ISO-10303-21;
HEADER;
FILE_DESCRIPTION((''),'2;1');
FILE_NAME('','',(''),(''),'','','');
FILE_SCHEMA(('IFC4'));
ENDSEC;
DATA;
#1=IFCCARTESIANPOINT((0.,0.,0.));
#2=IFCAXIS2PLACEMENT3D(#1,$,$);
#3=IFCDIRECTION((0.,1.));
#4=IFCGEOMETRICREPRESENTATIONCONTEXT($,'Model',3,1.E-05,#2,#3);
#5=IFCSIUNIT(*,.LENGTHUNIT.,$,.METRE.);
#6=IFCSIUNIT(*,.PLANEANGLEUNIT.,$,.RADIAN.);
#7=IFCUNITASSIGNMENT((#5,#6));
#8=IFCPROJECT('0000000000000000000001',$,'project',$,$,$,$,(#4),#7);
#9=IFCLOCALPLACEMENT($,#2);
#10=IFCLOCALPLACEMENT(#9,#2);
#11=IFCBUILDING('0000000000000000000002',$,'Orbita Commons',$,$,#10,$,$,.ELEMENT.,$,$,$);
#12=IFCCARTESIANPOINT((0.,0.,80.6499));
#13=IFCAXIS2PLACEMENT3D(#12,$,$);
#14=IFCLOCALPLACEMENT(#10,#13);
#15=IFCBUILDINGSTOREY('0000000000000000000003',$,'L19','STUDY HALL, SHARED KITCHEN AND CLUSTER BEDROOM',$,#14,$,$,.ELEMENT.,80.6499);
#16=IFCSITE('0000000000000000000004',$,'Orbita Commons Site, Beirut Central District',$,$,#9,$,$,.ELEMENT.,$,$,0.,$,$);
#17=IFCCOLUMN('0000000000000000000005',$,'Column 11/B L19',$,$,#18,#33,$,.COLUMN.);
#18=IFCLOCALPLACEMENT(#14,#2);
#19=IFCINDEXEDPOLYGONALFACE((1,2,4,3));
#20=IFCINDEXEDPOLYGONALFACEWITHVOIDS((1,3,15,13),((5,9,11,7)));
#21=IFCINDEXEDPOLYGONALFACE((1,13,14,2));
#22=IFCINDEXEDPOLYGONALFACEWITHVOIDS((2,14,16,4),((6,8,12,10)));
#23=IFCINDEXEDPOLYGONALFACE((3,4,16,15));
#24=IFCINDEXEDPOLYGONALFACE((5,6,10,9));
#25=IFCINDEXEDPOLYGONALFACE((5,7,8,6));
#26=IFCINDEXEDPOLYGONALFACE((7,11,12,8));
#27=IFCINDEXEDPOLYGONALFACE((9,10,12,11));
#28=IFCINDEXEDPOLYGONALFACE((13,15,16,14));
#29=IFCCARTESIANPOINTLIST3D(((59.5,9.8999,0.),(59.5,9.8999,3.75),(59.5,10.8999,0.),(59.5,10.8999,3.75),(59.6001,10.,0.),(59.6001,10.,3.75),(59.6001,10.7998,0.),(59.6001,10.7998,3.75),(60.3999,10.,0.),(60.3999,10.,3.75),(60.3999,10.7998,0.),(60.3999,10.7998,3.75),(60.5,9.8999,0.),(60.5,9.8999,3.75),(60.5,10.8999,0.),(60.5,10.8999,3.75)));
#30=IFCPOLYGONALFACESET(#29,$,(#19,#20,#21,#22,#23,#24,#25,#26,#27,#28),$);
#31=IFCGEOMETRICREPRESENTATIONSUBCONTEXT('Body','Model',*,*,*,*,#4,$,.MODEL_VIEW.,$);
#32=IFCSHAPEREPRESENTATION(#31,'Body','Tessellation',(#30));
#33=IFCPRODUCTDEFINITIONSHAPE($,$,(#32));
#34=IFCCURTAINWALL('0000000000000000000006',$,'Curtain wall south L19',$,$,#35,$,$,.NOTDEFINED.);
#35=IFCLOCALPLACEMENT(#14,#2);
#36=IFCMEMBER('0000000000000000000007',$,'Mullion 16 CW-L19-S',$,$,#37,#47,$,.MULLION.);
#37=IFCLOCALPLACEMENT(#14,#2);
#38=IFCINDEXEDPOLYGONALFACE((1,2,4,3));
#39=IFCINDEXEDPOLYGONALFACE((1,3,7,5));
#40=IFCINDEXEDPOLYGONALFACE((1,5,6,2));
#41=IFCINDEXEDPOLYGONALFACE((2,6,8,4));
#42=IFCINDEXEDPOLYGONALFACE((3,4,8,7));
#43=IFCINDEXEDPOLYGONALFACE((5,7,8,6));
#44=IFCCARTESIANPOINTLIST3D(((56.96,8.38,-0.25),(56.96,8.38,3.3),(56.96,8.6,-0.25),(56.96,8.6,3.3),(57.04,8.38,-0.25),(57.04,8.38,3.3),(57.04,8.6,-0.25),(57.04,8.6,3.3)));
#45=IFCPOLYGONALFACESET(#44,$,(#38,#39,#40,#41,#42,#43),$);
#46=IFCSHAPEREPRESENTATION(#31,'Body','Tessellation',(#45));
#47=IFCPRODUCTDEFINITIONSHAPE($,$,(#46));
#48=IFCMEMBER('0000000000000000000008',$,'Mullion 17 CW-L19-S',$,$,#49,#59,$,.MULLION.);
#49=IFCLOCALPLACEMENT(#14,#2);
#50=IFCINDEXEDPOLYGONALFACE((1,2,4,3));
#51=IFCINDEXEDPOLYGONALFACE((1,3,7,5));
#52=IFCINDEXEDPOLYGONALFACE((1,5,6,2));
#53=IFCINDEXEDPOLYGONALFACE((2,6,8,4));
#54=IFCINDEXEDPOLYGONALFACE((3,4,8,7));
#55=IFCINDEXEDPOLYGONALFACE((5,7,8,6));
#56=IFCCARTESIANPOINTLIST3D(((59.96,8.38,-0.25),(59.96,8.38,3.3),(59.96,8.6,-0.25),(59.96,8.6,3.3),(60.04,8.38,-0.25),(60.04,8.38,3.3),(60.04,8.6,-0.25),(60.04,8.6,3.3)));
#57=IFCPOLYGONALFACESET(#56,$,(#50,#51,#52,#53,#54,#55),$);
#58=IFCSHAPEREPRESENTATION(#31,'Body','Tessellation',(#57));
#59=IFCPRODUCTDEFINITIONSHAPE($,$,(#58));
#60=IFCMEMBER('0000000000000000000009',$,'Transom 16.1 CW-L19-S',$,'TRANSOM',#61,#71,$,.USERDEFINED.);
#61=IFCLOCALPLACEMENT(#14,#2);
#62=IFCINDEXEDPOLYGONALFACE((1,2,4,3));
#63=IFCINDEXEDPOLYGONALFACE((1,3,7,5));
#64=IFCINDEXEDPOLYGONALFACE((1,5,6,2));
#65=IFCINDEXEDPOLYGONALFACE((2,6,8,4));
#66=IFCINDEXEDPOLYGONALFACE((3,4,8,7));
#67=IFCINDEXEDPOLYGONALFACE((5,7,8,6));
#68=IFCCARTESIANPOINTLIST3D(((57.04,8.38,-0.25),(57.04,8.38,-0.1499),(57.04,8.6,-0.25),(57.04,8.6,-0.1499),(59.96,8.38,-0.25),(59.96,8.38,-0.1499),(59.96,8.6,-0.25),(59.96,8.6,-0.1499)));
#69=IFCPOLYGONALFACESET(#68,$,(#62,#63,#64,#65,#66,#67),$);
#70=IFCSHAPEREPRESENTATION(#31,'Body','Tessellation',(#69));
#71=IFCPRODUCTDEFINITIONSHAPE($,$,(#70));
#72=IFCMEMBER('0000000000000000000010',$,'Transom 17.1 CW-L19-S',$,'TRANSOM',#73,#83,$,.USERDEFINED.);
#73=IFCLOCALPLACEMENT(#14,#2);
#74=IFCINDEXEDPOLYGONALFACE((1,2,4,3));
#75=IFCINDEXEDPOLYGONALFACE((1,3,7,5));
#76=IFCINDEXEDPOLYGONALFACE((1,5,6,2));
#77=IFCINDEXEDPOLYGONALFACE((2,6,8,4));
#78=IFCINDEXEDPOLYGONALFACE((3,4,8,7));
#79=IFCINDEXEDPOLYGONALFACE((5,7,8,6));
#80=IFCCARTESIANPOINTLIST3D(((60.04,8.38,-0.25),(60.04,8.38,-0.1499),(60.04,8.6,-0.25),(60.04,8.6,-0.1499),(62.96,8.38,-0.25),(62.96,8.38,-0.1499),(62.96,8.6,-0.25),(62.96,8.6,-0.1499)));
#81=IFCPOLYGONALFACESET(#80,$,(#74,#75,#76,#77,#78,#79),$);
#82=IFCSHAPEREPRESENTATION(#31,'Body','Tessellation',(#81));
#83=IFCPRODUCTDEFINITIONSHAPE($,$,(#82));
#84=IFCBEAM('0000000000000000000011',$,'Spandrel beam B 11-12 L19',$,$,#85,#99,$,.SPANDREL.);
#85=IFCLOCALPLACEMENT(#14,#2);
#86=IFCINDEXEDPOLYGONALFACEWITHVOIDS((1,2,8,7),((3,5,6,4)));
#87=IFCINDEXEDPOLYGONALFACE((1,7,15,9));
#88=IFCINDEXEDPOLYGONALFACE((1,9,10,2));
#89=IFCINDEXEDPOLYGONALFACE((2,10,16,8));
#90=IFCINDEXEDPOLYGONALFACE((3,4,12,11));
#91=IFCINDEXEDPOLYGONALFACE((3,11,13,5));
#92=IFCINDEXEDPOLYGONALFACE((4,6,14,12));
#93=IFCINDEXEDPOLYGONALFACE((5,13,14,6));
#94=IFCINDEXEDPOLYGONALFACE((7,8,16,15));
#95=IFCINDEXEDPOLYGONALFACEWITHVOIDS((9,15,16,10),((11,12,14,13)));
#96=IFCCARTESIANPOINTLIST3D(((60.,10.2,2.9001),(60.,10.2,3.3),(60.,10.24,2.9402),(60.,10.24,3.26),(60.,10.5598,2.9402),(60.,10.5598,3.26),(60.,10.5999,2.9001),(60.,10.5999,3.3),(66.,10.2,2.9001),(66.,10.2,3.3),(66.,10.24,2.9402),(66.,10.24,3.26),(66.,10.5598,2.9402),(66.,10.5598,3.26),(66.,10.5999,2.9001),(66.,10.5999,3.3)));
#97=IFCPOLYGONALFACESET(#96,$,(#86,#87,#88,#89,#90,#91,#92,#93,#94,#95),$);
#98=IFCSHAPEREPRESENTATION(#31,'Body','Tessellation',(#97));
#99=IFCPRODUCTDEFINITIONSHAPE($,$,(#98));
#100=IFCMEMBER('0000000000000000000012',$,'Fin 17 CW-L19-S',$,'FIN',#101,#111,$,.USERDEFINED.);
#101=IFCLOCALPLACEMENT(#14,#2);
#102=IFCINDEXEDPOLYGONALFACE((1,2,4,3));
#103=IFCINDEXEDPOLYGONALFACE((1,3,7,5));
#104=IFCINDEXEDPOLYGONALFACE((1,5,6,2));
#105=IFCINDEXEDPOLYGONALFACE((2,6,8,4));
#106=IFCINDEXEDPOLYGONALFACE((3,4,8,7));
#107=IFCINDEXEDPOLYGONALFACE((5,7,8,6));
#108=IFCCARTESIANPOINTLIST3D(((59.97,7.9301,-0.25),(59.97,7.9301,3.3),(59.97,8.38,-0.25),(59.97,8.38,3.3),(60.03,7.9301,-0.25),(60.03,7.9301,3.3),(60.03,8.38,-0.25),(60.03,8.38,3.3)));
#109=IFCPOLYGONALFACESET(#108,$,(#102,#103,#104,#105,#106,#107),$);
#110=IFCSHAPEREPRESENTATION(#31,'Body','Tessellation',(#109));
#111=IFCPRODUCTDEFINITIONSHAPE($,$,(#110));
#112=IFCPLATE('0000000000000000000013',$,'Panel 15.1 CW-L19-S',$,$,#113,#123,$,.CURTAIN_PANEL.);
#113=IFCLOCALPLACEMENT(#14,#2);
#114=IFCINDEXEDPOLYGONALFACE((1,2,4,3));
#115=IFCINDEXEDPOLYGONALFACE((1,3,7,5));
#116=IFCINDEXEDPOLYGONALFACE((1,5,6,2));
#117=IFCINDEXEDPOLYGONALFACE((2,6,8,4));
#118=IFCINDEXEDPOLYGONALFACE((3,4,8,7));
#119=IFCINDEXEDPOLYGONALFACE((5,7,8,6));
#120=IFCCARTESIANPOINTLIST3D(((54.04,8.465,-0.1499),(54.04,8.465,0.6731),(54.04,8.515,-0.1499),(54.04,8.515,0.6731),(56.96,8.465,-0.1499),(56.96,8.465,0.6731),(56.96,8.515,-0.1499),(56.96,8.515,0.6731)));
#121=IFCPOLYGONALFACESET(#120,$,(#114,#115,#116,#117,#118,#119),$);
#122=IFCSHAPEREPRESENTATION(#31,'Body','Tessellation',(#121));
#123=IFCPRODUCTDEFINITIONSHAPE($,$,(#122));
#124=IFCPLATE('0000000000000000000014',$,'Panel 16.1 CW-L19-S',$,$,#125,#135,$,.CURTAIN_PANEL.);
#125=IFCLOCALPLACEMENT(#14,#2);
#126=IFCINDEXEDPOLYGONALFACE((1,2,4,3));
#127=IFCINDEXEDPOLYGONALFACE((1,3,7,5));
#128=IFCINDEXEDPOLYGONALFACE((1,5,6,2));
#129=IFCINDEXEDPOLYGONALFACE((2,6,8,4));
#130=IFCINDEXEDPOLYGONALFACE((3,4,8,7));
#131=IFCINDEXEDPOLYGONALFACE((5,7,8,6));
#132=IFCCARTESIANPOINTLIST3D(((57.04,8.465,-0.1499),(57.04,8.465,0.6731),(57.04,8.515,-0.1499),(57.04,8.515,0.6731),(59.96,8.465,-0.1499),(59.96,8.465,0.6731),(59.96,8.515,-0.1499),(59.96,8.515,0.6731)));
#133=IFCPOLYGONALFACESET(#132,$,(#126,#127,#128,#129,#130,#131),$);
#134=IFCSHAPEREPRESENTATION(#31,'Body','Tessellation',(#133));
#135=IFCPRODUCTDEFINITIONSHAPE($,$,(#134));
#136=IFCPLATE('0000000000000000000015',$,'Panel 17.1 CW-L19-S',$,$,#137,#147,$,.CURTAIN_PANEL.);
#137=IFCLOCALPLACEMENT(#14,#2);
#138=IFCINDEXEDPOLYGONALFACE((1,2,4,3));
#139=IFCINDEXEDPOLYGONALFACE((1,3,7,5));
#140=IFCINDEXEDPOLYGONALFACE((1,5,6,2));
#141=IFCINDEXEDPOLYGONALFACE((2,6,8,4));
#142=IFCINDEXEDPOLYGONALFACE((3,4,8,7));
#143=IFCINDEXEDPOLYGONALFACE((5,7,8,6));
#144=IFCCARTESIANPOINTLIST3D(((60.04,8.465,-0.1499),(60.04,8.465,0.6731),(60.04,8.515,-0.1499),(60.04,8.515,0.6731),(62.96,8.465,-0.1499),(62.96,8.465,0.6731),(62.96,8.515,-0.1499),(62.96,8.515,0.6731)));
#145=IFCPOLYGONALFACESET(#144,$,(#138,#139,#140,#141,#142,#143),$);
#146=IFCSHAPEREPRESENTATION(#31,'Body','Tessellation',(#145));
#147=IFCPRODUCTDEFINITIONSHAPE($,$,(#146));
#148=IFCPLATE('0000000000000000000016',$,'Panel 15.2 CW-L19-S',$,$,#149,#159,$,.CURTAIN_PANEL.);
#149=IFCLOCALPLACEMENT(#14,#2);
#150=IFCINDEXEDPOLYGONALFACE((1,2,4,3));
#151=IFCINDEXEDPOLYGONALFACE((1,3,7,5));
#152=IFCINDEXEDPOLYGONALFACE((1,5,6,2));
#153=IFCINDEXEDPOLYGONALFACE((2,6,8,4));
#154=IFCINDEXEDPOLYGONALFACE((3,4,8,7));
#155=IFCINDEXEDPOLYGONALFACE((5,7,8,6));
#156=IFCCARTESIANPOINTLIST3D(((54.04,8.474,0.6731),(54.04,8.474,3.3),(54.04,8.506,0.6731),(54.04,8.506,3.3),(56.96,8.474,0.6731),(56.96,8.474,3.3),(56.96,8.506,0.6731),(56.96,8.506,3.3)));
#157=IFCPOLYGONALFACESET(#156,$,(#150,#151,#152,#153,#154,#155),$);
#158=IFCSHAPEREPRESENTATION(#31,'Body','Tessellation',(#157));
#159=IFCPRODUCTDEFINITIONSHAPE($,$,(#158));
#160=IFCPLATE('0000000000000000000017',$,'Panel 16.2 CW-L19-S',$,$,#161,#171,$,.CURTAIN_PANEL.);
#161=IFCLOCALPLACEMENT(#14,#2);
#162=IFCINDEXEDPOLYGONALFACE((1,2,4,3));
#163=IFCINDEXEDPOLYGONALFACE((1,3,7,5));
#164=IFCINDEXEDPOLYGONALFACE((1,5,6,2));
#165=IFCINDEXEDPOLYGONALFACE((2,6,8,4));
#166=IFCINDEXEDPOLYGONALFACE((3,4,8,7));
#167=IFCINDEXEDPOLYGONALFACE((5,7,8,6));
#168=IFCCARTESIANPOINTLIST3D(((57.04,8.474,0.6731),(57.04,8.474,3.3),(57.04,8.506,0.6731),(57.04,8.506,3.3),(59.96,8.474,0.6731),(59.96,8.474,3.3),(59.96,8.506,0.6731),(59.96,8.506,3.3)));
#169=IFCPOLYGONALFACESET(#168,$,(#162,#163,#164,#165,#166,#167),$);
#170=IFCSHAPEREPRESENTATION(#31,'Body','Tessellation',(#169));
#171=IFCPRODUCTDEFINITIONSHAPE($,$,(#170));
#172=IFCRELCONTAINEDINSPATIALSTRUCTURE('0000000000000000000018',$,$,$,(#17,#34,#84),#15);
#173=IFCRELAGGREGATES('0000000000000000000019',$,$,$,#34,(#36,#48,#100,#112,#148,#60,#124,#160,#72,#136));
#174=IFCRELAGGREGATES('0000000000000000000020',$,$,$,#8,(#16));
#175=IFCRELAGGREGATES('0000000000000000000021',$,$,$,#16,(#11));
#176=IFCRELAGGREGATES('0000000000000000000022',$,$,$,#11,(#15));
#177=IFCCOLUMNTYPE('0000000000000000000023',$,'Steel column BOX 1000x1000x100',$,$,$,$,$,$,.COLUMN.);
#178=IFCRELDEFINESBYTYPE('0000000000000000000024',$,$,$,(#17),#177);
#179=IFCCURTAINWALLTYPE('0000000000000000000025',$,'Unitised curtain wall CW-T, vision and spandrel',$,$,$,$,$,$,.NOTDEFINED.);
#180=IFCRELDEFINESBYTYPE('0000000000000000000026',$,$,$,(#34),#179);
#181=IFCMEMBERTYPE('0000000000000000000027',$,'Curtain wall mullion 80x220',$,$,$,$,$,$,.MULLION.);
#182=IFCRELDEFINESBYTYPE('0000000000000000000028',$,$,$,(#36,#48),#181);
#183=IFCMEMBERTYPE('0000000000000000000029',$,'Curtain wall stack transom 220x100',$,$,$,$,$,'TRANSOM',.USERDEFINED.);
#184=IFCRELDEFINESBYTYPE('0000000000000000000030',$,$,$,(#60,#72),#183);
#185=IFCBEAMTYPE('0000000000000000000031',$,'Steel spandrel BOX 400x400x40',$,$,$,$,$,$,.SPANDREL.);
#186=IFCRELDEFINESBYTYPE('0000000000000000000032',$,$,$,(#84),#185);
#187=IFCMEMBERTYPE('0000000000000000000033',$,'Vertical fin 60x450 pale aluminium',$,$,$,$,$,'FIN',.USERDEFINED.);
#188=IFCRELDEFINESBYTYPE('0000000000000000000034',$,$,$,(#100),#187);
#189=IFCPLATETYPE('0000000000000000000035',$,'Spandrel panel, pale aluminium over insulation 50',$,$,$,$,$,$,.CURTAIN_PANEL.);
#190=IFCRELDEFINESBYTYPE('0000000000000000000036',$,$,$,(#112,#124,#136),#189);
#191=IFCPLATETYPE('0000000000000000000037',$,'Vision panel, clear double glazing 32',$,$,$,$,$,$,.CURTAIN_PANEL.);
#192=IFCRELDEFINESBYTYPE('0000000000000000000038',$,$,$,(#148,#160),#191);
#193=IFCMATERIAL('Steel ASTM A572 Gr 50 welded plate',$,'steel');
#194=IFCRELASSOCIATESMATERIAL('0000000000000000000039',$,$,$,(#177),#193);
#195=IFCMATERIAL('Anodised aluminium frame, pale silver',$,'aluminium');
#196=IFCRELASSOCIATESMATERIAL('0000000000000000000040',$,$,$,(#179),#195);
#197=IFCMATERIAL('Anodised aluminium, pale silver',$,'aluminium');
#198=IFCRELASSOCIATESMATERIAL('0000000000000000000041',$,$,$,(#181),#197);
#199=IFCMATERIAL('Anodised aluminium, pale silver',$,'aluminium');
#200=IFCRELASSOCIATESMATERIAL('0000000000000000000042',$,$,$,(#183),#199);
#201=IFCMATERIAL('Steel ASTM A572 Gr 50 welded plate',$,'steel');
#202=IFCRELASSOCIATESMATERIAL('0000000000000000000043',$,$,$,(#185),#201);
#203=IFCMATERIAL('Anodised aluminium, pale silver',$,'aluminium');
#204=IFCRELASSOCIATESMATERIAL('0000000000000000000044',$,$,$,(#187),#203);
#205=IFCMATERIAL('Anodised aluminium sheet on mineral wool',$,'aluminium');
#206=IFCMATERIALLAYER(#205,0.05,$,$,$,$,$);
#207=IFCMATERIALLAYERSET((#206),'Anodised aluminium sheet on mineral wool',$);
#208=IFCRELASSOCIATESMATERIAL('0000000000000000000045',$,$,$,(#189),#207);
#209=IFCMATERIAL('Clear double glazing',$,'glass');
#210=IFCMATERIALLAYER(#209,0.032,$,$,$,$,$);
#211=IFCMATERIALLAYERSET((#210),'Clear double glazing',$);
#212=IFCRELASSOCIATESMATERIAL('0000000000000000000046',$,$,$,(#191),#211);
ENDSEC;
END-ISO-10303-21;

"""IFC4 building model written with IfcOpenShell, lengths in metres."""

from ifc_helpers import new_model, si_unit, direction, frame, origin, origin_2d, place, context, subcontext, project, spatial, rectangle, hollow_rectangle, extrude, material, layer, layer_set, material_profile, profile_set, type_object, element, aggregate, save


model = new_model("IFC4")

# Units and contexts
model_context = context("Model", 3, precision=1e-05, world=origin(), true_north=direction((0.0, 1.0)))
body_context = subcontext(model_context, "Body", "Model", "MODEL_VIEW")
ifc_project = project(units=[si_unit("LENGTHUNIT", "METRE"), si_unit("PLANEANGLEUNIT", "RADIAN")], contexts=[model_context])

# Site, building, storey
site_placement = place(None, origin())
site = spatial("IfcSite", under=ifc_project, at=site_placement, Name="Orbita Commons Site, Beirut Central District", CompositionType="ELEMENT", RefElevation=0.0)
building_placement = place(site_placement, origin())
building = spatial("IfcBuilding", under=site, at=building_placement, Name="Orbita Commons", CompositionType="ELEMENT")
storey_placement = place(building_placement, frame((0.0, 0.0, 80.6499)))
storey = spatial("IfcBuildingStorey", under=building, at=storey_placement, Name="L19", Description="STUDY HALL, SHARED KITCHEN AND CLUSTER BEDROOM", CompositionType="ELEMENT", Elevation=80.6499)

# Column
ifc_material_1 = material(Name="Steel ASTM A572 Gr 50 welded plate", Category="steel")
ifc_material_profile_1 = material_profile(ifc_material_1, hollow_rectangle(XDim=1.0, YDim=1.0, WallThickness=0.1001, at=origin_2d()), Name="BOX 1000x1000x100")
ifc_profile_set_1 = profile_set([ifc_material_profile_1], Name="Steel ASTM A572 Gr 50 welded plate")
column_type = type_object("IfcColumnType", Name="Steel column BOX 1000x1000x100", PredefinedType="COLUMN", material=ifc_profile_set_1)
column_placement = place(storey_placement, frame((60.0, 10.3999, 0.0), z_axis=(0.0, 0.0, 1.0), x_axis=(1.0, 0.0, 0.0)))
element("IfcColumn", 1, at=column_placement, inside=storey, type_object=column_type, Name="Column 11/B L19", PredefinedType="COLUMN", context=body_context, shape_type="SweptSolid", body=[
    extrude(hollow_rectangle(XDim=1.0, YDim=1.0, WallThickness=0.1001, at=origin_2d()), origin(), (0.0, 0.0, 1.0), 3.75),
])

# Curtain wall, members
ifc_material_2 = material(Name="Anodised aluminium frame, pale silver", Category="aluminium")
curtain_wall_type = type_object("IfcCurtainWallType", Name="Unitised curtain wall CW-T, vision and spandrel", PredefinedType="NOTDEFINED", material=ifc_material_2)
curtain_wall_placement = place(storey_placement, origin())
curtain_wall = element("IfcCurtainWall", 2, at=curtain_wall_placement, inside=storey, type_object=curtain_wall_type, Name="Curtain wall south L19", PredefinedType="NOTDEFINED")
ifc_material_3 = material(Name="Anodised aluminium, pale silver", Category="aluminium")
ifc_material_profile_2 = material_profile(ifc_material_3, rectangle(XDim=0.0801, YDim=0.22, at=origin_2d()), Name="AL 80x220")
ifc_profile_set_2 = profile_set([ifc_material_profile_2], Name="Anodised aluminium, pale silver")
member_type_1 = type_object("IfcMemberType", Name="Curtain wall mullion 80x220", PredefinedType="MULLION", material=ifc_profile_set_2)
member_1_placement = place(storey_placement, frame((57.0, 8.49, -0.25), z_axis=(0.0, 0.0, 1.0), x_axis=(1.0, 0.0, 0.0)))
member_1 = element("IfcMember", 3, at=member_1_placement, type_object=member_type_1, Name="Mullion 16 CW-L19-S", PredefinedType="MULLION", context=body_context, shape_type="SweptSolid", body=[
    extrude(rectangle(XDim=0.0801, YDim=0.22, at=origin_2d()), origin(), (0.0, 0.0, 1.0), 3.55),
])
member_2_placement = place(storey_placement, frame((60.0, 8.49, -0.25), z_axis=(0.0, 0.0, 1.0), x_axis=(1.0, 0.0, 0.0)))
member_2 = element("IfcMember", 4, at=member_2_placement, type_object=member_type_1, Name="Mullion 17 CW-L19-S", PredefinedType="MULLION", context=body_context, shape_type="SweptSolid", body=[
    extrude(rectangle(XDim=0.0801, YDim=0.22, at=origin_2d()), origin(), (0.0, 0.0, 1.0), 3.55),
])
ifc_material_4 = material(Name="Anodised aluminium, pale silver", Category="aluminium")
ifc_material_profile_3 = material_profile(ifc_material_4, rectangle(XDim=0.22, YDim=0.1001, at=origin_2d()), Name="AL 220x100")
ifc_profile_set_3 = profile_set([ifc_material_profile_3], Name="Anodised aluminium, pale silver")
member_type_2 = type_object("IfcMemberType", Name="Curtain wall stack transom 220x100", ElementType="TRANSOM", PredefinedType="USERDEFINED", material=ifc_profile_set_3)
member_3_placement = place(storey_placement, frame((57.04, 8.49, -0.2), z_axis=(1.0, 0.0, 0.0), x_axis=(0.0, 1.0, 0.0)))
member_3 = element("IfcMember", 5, at=member_3_placement, type_object=member_type_2, Name="Transom 16.1 CW-L19-S", ObjectType="TRANSOM", PredefinedType="USERDEFINED", context=body_context, shape_type="SweptSolid", body=[
    extrude(rectangle(XDim=0.22, YDim=0.1001, at=origin_2d()), origin(), (0.0, 0.0, 1.0), 2.9199),
])
member_4_placement = place(storey_placement, frame((60.04, 8.49, -0.2), z_axis=(1.0, 0.0, 0.0), x_axis=(0.0, 1.0, 0.0)))
member_4 = element("IfcMember", 6, at=member_4_placement, type_object=member_type_2, Name="Transom 17.1 CW-L19-S", ObjectType="TRANSOM", PredefinedType="USERDEFINED", context=body_context, shape_type="SweptSolid", body=[
    extrude(rectangle(XDim=0.22, YDim=0.1001, at=origin_2d()), origin(), (0.0, 0.0, 1.0), 2.9199),
])

# Beam
ifc_material_5 = material(Name="Steel ASTM A572 Gr 50 welded plate", Category="steel")
ifc_material_profile_4 = material_profile(ifc_material_5, hollow_rectangle(XDim=0.3999, YDim=0.3999, WallThickness=0.04, at=origin_2d()), Name="BOX 400x400x40")
ifc_profile_set_4 = profile_set([ifc_material_profile_4], Name="Steel ASTM A572 Gr 50 welded plate")
beam_type = type_object("IfcBeamType", Name="Steel spandrel BOX 400x400x40", PredefinedType="SPANDREL", material=ifc_profile_set_4)
beam_placement = place(storey_placement, frame((60.0, 10.3999, 3.1001), z_axis=(1.0, 0.0, 0.0), x_axis=(0.0, 1.0, 0.0)))
element("IfcBeam", 7, at=beam_placement, inside=storey, type_object=beam_type, Name="Spandrel beam B 11-12 L19", PredefinedType="SPANDREL", context=body_context, shape_type="SweptSolid", body=[
    extrude(hollow_rectangle(XDim=0.3999, YDim=0.3999, WallThickness=0.04, at=origin_2d()), origin(), (0.0, 0.0, 1.0), 6.0),
])

# Member
ifc_material_6 = material(Name="Anodised aluminium, pale silver", Category="aluminium")
ifc_material_profile_5 = material_profile(ifc_material_6, rectangle(XDim=0.0601, YDim=0.45, at=origin_2d()), Name="FIN 60x450")
ifc_profile_set_5 = profile_set([ifc_material_profile_5], Name="Anodised aluminium, pale silver")
member_type_3 = type_object("IfcMemberType", Name="Vertical fin 60x450 pale aluminium", ElementType="FIN", PredefinedType="USERDEFINED", material=ifc_profile_set_5)
member_5_placement = place(storey_placement, frame((60.0, 8.155, -0.25), z_axis=(0.0, 0.0, 1.0), x_axis=(1.0, 0.0, 0.0)))
member_5 = element("IfcMember", 8, at=member_5_placement, type_object=member_type_3, Name="Fin 17 CW-L19-S", ObjectType="FIN", PredefinedType="USERDEFINED", context=body_context, shape_type="SweptSolid", body=[
    extrude(rectangle(XDim=0.0601, YDim=0.45, at=origin_2d()), origin(), (0.0, 0.0, 1.0), 3.55),
])

# Plates
ifc_material_7 = material(Name="Anodised aluminium sheet on mineral wool", Category="aluminium")
ifc_layer_1 = layer(ifc_material_7, 0.05)
ifc_layer_set_1 = layer_set([ifc_layer_1], Name="Anodised aluminium sheet on mineral wool")
plate_type_1 = type_object("IfcPlateType", Name="Spandrel panel, pale aluminium over insulation 50", PredefinedType="CURTAIN_PANEL", material=ifc_layer_set_1)
plate_1_placement = place(storey_placement, frame((55.5, 8.49, -0.1499), z_axis=(0.0, 0.0, 1.0), x_axis=(1.0, 0.0, 0.0)))
plate_1 = element("IfcPlate", 9, at=plate_1_placement, type_object=plate_type_1, Name="Panel 15.1 CW-L19-S", PredefinedType="CURTAIN_PANEL", context=body_context, shape_type="SweptSolid", body=[
    extrude(rectangle(XDim=2.9199, YDim=0.05, at=origin_2d()), origin(), (0.0, 0.0, 1.0), 0.823),
])
plate_2_placement = place(storey_placement, frame((58.5, 8.49, -0.1499), z_axis=(0.0, 0.0, 1.0), x_axis=(1.0, 0.0, 0.0)))
plate_2 = element("IfcPlate", 10, at=plate_2_placement, type_object=plate_type_1, Name="Panel 16.1 CW-L19-S", PredefinedType="CURTAIN_PANEL", context=body_context, shape_type="SweptSolid", body=[
    extrude(rectangle(XDim=2.9199, YDim=0.05, at=origin_2d()), origin(), (0.0, 0.0, 1.0), 0.823),
])
plate_3_placement = place(storey_placement, frame((61.5, 8.49, -0.1499), z_axis=(0.0, 0.0, 1.0), x_axis=(1.0, 0.0, 0.0)))
plate_3 = element("IfcPlate", 11, at=plate_3_placement, type_object=plate_type_1, Name="Panel 17.1 CW-L19-S", PredefinedType="CURTAIN_PANEL", context=body_context, shape_type="SweptSolid", body=[
    extrude(rectangle(XDim=2.9199, YDim=0.05, at=origin_2d()), origin(), (0.0, 0.0, 1.0), 0.823),
])
ifc_material_8 = material(Name="Clear double glazing", Category="glass")
ifc_layer_2 = layer(ifc_material_8, 0.032)
ifc_layer_set_2 = layer_set([ifc_layer_2], Name="Clear double glazing")
plate_type_2 = type_object("IfcPlateType", Name="Vision panel, clear double glazing 32", PredefinedType="CURTAIN_PANEL", material=ifc_layer_set_2)
plate_4_placement = place(storey_placement, frame((55.5, 8.49, 0.6731), z_axis=(0.0, 0.0, 1.0), x_axis=(1.0, 0.0, 0.0)))
plate_4 = element("IfcPlate", 12, at=plate_4_placement, type_object=plate_type_2, Name="Panel 15.2 CW-L19-S", PredefinedType="CURTAIN_PANEL", context=body_context, shape_type="SweptSolid", body=[
    extrude(rectangle(XDim=2.9199, YDim=0.032, at=origin_2d()), origin(), (0.0, 0.0, 1.0), 2.627),
])
plate_5_placement = place(storey_placement, frame((58.5, 8.49, 0.6731), z_axis=(0.0, 0.0, 1.0), x_axis=(1.0, 0.0, 0.0)))
plate_5 = element("IfcPlate", 13, at=plate_5_placement, type_object=plate_type_2, Name="Panel 16.2 CW-L19-S", PredefinedType="CURTAIN_PANEL", context=body_context, shape_type="SweptSolid", body=[
    extrude(rectangle(XDim=2.9199, YDim=0.032, at=origin_2d()), origin(), (0.0, 0.0, 1.0), 2.627),
])
aggregate(curtain_wall, [member_1, member_2, member_5, plate_1, plate_4, member_3, plate_2, plate_5, member_4, plate_3])

save(model, "model.ifc")
